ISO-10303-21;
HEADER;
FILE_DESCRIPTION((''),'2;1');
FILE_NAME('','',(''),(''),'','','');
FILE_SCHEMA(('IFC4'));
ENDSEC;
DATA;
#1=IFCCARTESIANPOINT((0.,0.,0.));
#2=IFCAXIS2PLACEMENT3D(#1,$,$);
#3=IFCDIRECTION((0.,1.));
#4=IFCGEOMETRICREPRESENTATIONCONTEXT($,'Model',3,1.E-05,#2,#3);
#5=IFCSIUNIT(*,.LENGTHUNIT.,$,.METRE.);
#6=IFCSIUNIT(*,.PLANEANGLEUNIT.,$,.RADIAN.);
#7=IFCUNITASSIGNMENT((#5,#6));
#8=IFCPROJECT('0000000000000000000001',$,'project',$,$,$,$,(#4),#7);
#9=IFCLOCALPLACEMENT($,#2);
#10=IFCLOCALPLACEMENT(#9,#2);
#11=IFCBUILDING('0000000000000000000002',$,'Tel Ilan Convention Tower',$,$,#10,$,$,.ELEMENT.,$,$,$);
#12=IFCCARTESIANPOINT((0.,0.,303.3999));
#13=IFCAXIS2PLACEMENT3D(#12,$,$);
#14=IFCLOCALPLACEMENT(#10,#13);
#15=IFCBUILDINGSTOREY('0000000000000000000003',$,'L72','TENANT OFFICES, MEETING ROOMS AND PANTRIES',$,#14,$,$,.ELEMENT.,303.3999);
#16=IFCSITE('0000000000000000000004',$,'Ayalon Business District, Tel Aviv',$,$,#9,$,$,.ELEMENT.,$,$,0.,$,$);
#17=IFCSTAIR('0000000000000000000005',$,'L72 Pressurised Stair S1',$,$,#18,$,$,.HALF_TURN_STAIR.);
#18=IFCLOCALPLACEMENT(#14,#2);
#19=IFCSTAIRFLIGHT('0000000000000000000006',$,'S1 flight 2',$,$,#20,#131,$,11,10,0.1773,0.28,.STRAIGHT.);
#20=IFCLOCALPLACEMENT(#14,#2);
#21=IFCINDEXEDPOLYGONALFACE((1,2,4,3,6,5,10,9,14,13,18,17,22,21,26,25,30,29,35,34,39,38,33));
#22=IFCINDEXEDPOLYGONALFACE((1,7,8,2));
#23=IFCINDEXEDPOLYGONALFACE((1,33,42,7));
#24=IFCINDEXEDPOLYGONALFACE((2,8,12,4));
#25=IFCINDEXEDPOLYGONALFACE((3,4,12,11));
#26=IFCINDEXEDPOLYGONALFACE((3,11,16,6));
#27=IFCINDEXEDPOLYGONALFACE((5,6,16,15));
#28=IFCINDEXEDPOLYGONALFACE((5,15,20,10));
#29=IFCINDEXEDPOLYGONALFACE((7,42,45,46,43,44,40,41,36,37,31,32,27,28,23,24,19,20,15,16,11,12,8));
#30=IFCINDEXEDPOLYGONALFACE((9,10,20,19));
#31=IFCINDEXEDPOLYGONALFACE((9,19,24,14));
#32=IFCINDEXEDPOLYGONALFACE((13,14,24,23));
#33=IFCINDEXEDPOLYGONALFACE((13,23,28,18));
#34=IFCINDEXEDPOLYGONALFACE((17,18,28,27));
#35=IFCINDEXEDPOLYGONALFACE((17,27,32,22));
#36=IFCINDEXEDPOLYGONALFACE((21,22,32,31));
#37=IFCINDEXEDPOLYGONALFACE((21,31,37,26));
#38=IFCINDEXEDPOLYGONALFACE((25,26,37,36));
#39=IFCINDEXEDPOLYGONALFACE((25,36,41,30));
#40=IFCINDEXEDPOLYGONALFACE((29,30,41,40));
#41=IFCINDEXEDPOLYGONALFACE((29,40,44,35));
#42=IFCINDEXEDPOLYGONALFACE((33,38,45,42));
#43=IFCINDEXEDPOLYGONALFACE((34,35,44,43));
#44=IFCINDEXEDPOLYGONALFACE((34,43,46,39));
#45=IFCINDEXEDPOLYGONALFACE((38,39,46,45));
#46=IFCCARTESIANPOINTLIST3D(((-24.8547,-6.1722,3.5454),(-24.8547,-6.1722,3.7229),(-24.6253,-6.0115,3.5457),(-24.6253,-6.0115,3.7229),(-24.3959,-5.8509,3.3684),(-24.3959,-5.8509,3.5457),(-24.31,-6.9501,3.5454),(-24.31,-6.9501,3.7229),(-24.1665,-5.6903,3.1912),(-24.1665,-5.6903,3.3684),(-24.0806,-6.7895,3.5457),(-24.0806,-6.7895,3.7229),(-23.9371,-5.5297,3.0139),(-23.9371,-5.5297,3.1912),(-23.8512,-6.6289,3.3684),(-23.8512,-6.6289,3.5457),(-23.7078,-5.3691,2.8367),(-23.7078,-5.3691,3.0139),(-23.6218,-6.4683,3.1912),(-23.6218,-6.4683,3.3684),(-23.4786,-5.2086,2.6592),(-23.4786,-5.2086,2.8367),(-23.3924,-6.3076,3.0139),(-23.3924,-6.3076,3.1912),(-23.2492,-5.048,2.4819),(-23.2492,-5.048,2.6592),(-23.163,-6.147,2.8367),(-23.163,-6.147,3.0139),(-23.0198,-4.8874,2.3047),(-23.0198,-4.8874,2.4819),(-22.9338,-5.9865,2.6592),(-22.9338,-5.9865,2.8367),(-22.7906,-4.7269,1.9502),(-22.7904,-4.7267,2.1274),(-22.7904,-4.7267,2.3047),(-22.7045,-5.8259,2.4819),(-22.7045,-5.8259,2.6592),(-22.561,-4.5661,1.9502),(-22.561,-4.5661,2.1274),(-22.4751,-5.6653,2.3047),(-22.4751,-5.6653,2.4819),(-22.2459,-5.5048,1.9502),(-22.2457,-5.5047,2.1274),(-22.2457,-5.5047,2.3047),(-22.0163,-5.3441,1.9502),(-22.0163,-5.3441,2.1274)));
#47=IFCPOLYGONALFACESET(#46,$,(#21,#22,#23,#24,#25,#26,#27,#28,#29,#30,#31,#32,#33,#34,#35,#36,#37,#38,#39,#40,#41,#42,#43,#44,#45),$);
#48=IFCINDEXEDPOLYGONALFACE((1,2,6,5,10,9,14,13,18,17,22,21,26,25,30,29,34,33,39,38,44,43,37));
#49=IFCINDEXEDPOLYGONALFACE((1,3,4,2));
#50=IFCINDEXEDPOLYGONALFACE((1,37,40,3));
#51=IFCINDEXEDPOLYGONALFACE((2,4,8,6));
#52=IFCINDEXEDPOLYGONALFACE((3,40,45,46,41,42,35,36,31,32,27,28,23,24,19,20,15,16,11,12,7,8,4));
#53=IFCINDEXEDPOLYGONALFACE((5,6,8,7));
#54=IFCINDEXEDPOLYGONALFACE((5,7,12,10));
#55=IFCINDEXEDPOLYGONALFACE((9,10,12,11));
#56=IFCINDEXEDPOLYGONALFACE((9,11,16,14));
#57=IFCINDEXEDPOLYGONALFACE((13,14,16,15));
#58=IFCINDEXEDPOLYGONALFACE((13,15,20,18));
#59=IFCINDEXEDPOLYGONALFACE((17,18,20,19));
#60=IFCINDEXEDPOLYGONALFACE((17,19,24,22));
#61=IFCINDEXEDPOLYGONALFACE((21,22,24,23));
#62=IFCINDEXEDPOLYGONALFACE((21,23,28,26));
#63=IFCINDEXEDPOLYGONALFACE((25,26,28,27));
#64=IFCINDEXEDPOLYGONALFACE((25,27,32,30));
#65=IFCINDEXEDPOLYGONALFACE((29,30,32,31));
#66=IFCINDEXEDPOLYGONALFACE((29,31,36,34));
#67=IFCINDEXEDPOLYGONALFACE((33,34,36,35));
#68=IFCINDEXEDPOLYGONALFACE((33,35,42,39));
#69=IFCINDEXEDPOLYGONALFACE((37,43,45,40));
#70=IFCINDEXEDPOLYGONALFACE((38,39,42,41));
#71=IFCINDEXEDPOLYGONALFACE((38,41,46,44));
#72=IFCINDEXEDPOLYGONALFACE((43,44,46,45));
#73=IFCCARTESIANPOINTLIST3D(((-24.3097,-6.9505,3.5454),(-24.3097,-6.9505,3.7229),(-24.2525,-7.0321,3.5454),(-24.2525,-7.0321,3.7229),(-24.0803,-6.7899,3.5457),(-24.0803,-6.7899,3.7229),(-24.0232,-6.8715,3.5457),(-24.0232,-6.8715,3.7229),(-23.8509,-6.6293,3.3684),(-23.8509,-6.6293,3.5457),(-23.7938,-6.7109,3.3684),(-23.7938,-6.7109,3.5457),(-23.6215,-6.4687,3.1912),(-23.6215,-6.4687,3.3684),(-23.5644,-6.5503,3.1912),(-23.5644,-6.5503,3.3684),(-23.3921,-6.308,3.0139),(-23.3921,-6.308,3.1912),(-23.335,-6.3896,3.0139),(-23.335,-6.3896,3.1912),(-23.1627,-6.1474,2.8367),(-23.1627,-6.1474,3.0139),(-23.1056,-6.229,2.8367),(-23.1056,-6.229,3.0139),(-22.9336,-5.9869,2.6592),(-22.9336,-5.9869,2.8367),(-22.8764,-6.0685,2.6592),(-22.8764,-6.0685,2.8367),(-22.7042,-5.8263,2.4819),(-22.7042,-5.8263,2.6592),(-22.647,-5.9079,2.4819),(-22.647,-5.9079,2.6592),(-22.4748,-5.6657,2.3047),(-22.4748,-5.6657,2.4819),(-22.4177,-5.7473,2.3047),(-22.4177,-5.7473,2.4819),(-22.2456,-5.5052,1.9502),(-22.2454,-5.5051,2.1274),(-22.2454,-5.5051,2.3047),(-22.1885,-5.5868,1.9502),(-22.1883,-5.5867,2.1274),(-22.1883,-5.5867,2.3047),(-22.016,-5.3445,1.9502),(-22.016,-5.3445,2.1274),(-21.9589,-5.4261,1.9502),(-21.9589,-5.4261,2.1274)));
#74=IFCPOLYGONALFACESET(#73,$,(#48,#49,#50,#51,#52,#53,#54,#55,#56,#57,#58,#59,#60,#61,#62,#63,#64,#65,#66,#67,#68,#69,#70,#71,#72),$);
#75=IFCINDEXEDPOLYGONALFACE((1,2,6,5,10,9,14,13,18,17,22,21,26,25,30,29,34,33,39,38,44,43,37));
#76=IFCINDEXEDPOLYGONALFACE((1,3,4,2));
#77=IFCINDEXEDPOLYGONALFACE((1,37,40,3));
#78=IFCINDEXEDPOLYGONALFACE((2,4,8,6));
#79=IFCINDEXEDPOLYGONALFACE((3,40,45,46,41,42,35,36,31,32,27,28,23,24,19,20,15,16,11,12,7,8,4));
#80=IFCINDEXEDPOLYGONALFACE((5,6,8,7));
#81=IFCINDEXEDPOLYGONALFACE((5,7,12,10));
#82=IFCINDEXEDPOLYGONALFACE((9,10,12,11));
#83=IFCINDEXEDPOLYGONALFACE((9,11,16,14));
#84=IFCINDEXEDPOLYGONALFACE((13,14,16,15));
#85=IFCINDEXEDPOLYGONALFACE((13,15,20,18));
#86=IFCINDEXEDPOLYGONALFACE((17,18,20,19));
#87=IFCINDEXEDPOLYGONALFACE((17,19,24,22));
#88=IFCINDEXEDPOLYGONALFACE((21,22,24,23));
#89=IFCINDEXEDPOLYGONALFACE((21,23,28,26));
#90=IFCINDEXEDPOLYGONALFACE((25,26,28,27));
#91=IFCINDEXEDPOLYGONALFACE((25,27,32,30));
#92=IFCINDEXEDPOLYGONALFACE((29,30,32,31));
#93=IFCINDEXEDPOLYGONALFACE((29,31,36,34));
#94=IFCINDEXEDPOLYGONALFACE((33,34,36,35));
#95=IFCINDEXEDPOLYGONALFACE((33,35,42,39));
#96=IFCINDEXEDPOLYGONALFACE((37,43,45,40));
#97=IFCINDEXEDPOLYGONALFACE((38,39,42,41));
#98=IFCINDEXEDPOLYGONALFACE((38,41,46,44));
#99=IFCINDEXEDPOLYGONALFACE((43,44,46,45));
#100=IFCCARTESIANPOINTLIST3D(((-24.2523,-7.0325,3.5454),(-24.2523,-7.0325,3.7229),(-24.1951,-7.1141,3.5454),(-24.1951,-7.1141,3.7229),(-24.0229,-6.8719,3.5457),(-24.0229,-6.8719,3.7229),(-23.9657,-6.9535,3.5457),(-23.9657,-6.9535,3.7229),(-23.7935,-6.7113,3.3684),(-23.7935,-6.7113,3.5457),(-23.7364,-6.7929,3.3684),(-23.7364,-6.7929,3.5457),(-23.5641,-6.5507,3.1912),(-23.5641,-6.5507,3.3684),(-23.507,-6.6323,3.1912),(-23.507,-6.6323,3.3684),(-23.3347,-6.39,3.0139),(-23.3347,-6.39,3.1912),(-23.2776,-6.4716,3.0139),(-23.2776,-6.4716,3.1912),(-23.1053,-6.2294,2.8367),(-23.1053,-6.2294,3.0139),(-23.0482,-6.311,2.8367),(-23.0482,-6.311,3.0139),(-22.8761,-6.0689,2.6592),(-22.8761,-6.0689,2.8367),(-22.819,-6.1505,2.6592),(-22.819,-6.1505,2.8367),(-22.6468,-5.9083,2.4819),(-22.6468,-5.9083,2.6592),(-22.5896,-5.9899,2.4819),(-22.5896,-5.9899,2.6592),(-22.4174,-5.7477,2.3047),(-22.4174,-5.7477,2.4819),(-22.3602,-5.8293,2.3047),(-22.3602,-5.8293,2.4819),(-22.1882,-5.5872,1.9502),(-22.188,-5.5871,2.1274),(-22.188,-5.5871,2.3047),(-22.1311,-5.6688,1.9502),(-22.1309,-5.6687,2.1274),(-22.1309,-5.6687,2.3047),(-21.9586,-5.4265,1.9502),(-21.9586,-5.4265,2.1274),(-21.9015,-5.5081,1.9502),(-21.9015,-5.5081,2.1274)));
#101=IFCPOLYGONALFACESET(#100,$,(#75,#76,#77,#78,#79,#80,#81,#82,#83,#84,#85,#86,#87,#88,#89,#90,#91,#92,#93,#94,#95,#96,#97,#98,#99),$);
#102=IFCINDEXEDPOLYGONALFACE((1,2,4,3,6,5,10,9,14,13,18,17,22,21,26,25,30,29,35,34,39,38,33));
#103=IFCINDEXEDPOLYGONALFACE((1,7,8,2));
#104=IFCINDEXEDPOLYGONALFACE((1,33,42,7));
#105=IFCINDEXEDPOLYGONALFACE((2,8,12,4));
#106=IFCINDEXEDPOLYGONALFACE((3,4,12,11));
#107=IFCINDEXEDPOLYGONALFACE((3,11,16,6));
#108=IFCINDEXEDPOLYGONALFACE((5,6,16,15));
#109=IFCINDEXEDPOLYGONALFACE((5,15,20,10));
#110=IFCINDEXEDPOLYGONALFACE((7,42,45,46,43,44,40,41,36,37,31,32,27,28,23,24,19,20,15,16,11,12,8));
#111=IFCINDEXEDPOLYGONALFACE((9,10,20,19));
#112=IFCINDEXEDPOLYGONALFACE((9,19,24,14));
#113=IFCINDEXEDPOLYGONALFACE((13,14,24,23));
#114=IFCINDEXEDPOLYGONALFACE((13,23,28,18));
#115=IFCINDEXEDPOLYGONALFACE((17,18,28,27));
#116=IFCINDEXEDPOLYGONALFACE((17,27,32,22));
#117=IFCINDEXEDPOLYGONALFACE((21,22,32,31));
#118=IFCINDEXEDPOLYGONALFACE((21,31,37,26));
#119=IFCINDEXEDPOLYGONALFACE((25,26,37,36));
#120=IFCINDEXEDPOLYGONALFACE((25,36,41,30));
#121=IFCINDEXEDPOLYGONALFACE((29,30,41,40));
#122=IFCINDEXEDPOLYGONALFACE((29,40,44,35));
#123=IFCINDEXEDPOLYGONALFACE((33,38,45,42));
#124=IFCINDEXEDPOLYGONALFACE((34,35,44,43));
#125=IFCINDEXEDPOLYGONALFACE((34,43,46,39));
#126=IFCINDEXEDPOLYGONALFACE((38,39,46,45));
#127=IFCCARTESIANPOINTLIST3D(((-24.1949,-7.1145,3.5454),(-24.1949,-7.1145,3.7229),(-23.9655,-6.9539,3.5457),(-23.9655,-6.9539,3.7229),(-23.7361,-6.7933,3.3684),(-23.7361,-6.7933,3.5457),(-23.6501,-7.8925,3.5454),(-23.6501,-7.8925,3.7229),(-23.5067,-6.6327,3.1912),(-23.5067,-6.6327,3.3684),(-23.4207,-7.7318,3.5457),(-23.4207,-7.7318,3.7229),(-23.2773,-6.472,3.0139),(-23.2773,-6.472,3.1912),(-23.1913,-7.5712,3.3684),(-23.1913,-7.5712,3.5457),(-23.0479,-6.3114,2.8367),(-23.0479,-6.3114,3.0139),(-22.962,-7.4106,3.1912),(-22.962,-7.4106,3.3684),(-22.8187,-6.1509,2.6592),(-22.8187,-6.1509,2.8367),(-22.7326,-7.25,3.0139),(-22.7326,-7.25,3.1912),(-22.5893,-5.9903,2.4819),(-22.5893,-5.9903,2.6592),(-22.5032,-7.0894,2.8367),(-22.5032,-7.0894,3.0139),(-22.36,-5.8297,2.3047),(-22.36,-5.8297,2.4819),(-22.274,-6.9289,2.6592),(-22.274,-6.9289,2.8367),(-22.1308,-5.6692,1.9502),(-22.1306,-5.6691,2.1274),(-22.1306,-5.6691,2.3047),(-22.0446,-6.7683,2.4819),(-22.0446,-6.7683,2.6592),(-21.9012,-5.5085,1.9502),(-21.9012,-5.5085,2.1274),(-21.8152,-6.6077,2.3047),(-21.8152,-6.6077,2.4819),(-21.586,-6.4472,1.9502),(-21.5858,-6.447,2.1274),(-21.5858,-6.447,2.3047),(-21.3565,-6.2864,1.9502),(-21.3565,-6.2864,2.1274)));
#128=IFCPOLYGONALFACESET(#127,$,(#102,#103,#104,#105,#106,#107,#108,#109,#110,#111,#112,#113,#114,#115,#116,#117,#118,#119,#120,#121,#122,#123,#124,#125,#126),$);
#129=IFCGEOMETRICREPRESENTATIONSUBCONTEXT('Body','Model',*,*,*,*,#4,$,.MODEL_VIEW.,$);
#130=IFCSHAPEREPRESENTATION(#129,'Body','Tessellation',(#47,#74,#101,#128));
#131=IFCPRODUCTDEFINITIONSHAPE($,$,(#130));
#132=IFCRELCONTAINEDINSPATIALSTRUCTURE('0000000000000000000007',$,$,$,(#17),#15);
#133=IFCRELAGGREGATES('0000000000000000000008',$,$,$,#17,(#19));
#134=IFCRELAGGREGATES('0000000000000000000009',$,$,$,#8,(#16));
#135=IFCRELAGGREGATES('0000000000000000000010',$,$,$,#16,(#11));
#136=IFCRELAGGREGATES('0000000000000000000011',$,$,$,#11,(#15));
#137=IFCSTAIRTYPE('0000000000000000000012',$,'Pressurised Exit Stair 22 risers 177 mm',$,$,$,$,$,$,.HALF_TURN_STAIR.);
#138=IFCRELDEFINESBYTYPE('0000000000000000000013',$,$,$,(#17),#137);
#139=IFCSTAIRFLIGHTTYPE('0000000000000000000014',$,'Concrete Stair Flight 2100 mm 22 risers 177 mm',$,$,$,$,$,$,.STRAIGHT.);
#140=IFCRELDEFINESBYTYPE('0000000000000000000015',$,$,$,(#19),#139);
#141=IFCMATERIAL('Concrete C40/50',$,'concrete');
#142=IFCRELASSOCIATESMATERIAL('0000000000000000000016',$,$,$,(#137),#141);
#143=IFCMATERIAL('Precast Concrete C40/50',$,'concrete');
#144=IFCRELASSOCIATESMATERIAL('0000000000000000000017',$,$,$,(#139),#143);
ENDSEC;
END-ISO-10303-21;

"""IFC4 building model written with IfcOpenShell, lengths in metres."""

from ifc_helpers import new_model, si_unit, direction, frame, origin, place, context, subcontext, project, spatial, polyline, outline, extrude, material, type_object, element, aggregate, save


model = new_model("IFC4")

# Units and contexts
model_context = context("Model", 3, precision=1e-05, world=origin(), true_north=direction((0.0, 1.0)))
body_context = subcontext(model_context, "Body", "Model", "MODEL_VIEW")
ifc_project = project(units=[si_unit("LENGTHUNIT", "METRE"), si_unit("PLANEANGLEUNIT", "RADIAN")], contexts=[model_context])

# Site, building, storey
site_placement = place(None, origin())
site = spatial("IfcSite", under=ifc_project, at=site_placement, Name="Ayalon Business District, Tel Aviv", CompositionType="ELEMENT", RefElevation=0.0)
building_placement = place(site_placement, origin())
building = spatial("IfcBuilding", under=site, at=building_placement, Name="Tel Ilan Convention Tower", CompositionType="ELEMENT")
storey_placement = place(building_placement, frame((0.0, 0.0, 303.3999)))
storey = spatial("IfcBuildingStorey", under=building, at=storey_placement, Name="L72", Description="TENANT OFFICES, MEETING ROOMS AND PANTRIES", CompositionType="ELEMENT", Elevation=303.3999)

# Stair, stair flight
ifc_material_1 = material(Name="Concrete C40/50", Category="concrete")
stair_type = type_object("IfcStairType", Name="Pressurised Exit Stair 22 risers 177 mm", PredefinedType="HALF_TURN_STAIR", material=ifc_material_1)
stair_1_placement = place(storey_placement, origin())
stair_1 = element("IfcStair", 1, at=stair_1_placement, inside=storey, type_object=stair_type, Name="L72 Pressurised Stair S1", PredefinedType="HALF_TURN_STAIR")
ifc_material_2 = material(Name="Precast Concrete C40/50", Category="concrete")
stair_flight_type = type_object("IfcStairFlightType", Name="Concrete Stair Flight 2100 mm 22 risers 177 mm", PredefinedType="STRAIGHT", material=ifc_material_2)
stair_flight_1_placement = place(storey_placement, frame((-21.9587, -5.4263, 1.9502), z_axis=(0.0, 0.0, 1.0), x_axis=(-0.819152, -0.573576, 0.0)))
stair_flight_1 = element("IfcStairFlight", 2, at=stair_flight_1_placement, type_object=stair_flight_type, Name="S1 flight 2", NumberOfRisers=11, NumberOfTreads=10, PredefinedType="STRAIGHT", RiserHeight=0.1773, TreadLength=0.28, context=body_context, shape_type="SweptSolid", body=[
    extrude(outline(polyline([(0.0, 0.0), (0.0, 0.1772), (0.28, 0.1772), (0.28, 0.3545), (0.5601, 0.3545), (0.5601, 0.5317), (0.8401, 0.5317), (0.8401, 0.709), (1.1201, 0.709), (1.1201, 0.8865), (1.3999, 0.8865), (1.3999, 1.0637), (1.6799, 1.0637), (1.6799, 1.241), (1.96, 1.241), (1.96, 1.4182), (2.24, 1.4182), (2.24, 1.5955), (2.52, 1.5955), (2.52, 1.7727), (2.8, 1.7727), (2.8, 1.95), (2.8, 1.5952), (0.2803, 0.0), (0.0, 0.0)])), frame((0.0, -0.1003, 0.0), z_axis=(0.0, -1.0, 0.0), x_axis=(1.0, 0.0, 0.0)), (0.0, 0.0, 1.0), 0.9497),
    extrude(outline(polyline([(0.0, 0.0), (0.0, 0.1772), (0.28, 0.1772), (0.28, 0.3545), (0.5601, 0.3545), (0.5601, 0.5317), (0.8401, 0.5317), (0.8401, 0.709), (1.1201, 0.709), (1.1201, 0.8865), (1.3999, 0.8865), (1.3999, 1.0637), (1.6799, 1.0637), (1.6799, 1.241), (1.96, 1.241), (1.96, 1.4182), (2.24, 1.4182), (2.24, 1.5955), (2.52, 1.5955), (2.52, 1.7727), (2.8, 1.7727), (2.8, 1.95), (2.8, 1.5952), (0.2803, 0.0), (0.0, 0.0)])), frame((0.0, -0.0002, 0.0), z_axis=(0.0, -1.0, 0.0), x_axis=(1.0, 0.0, 0.0)), (0.0, 0.0, 1.0), 0.0996),
    extrude(outline(polyline([(0.0, 0.0), (0.0, 0.1772), (0.28, 0.1772), (0.28, 0.3545), (0.5601, 0.3545), (0.5601, 0.5317), (0.8401, 0.5317), (0.8401, 0.709), (1.1201, 0.709), (1.1201, 0.8865), (1.3999, 0.8865), (1.3999, 1.0637), (1.6799, 1.0637), (1.6799, 1.241), (1.96, 1.241), (1.96, 1.4182), (2.24, 1.4182), (2.24, 1.5955), (2.52, 1.5955), (2.52, 1.7727), (2.8, 1.7727), (2.8, 1.95), (2.8, 1.5952), (0.2803, 0.0), (0.0, 0.0)])), frame((0.0, 0.0999, 0.0), z_axis=(0.0, -1.0, 0.0), x_axis=(1.0, 0.0, 0.0)), (0.0, 0.0, 1.0), 0.0996),
    extrude(outline(polyline([(0.0, 0.0), (0.0, 0.1772), (0.28, 0.1772), (0.28, 0.3545), (0.5601, 0.3545), (0.5601, 0.5317), (0.8401, 0.5317), (0.8401, 0.709), (1.1201, 0.709), (1.1201, 0.8865), (1.3999, 0.8865), (1.3999, 1.0637), (1.6799, 1.0637), (1.6799, 1.241), (1.96, 1.241), (1.96, 1.4182), (2.24, 1.4182), (2.24, 1.5955), (2.52, 1.5955), (2.52, 1.7727), (2.8, 1.7727), (2.8, 1.95), (2.8, 1.5952), (0.2803, 0.0), (0.0, 0.0)])), frame((0.0, 1.05, 0.0), z_axis=(0.0, -1.0, 0.0), x_axis=(1.0, 0.0, 0.0)), (0.0, 0.0, 1.0), 0.9497),
])
aggregate(stair_1, [stair_flight_1])

save(model, "model.ifc")
